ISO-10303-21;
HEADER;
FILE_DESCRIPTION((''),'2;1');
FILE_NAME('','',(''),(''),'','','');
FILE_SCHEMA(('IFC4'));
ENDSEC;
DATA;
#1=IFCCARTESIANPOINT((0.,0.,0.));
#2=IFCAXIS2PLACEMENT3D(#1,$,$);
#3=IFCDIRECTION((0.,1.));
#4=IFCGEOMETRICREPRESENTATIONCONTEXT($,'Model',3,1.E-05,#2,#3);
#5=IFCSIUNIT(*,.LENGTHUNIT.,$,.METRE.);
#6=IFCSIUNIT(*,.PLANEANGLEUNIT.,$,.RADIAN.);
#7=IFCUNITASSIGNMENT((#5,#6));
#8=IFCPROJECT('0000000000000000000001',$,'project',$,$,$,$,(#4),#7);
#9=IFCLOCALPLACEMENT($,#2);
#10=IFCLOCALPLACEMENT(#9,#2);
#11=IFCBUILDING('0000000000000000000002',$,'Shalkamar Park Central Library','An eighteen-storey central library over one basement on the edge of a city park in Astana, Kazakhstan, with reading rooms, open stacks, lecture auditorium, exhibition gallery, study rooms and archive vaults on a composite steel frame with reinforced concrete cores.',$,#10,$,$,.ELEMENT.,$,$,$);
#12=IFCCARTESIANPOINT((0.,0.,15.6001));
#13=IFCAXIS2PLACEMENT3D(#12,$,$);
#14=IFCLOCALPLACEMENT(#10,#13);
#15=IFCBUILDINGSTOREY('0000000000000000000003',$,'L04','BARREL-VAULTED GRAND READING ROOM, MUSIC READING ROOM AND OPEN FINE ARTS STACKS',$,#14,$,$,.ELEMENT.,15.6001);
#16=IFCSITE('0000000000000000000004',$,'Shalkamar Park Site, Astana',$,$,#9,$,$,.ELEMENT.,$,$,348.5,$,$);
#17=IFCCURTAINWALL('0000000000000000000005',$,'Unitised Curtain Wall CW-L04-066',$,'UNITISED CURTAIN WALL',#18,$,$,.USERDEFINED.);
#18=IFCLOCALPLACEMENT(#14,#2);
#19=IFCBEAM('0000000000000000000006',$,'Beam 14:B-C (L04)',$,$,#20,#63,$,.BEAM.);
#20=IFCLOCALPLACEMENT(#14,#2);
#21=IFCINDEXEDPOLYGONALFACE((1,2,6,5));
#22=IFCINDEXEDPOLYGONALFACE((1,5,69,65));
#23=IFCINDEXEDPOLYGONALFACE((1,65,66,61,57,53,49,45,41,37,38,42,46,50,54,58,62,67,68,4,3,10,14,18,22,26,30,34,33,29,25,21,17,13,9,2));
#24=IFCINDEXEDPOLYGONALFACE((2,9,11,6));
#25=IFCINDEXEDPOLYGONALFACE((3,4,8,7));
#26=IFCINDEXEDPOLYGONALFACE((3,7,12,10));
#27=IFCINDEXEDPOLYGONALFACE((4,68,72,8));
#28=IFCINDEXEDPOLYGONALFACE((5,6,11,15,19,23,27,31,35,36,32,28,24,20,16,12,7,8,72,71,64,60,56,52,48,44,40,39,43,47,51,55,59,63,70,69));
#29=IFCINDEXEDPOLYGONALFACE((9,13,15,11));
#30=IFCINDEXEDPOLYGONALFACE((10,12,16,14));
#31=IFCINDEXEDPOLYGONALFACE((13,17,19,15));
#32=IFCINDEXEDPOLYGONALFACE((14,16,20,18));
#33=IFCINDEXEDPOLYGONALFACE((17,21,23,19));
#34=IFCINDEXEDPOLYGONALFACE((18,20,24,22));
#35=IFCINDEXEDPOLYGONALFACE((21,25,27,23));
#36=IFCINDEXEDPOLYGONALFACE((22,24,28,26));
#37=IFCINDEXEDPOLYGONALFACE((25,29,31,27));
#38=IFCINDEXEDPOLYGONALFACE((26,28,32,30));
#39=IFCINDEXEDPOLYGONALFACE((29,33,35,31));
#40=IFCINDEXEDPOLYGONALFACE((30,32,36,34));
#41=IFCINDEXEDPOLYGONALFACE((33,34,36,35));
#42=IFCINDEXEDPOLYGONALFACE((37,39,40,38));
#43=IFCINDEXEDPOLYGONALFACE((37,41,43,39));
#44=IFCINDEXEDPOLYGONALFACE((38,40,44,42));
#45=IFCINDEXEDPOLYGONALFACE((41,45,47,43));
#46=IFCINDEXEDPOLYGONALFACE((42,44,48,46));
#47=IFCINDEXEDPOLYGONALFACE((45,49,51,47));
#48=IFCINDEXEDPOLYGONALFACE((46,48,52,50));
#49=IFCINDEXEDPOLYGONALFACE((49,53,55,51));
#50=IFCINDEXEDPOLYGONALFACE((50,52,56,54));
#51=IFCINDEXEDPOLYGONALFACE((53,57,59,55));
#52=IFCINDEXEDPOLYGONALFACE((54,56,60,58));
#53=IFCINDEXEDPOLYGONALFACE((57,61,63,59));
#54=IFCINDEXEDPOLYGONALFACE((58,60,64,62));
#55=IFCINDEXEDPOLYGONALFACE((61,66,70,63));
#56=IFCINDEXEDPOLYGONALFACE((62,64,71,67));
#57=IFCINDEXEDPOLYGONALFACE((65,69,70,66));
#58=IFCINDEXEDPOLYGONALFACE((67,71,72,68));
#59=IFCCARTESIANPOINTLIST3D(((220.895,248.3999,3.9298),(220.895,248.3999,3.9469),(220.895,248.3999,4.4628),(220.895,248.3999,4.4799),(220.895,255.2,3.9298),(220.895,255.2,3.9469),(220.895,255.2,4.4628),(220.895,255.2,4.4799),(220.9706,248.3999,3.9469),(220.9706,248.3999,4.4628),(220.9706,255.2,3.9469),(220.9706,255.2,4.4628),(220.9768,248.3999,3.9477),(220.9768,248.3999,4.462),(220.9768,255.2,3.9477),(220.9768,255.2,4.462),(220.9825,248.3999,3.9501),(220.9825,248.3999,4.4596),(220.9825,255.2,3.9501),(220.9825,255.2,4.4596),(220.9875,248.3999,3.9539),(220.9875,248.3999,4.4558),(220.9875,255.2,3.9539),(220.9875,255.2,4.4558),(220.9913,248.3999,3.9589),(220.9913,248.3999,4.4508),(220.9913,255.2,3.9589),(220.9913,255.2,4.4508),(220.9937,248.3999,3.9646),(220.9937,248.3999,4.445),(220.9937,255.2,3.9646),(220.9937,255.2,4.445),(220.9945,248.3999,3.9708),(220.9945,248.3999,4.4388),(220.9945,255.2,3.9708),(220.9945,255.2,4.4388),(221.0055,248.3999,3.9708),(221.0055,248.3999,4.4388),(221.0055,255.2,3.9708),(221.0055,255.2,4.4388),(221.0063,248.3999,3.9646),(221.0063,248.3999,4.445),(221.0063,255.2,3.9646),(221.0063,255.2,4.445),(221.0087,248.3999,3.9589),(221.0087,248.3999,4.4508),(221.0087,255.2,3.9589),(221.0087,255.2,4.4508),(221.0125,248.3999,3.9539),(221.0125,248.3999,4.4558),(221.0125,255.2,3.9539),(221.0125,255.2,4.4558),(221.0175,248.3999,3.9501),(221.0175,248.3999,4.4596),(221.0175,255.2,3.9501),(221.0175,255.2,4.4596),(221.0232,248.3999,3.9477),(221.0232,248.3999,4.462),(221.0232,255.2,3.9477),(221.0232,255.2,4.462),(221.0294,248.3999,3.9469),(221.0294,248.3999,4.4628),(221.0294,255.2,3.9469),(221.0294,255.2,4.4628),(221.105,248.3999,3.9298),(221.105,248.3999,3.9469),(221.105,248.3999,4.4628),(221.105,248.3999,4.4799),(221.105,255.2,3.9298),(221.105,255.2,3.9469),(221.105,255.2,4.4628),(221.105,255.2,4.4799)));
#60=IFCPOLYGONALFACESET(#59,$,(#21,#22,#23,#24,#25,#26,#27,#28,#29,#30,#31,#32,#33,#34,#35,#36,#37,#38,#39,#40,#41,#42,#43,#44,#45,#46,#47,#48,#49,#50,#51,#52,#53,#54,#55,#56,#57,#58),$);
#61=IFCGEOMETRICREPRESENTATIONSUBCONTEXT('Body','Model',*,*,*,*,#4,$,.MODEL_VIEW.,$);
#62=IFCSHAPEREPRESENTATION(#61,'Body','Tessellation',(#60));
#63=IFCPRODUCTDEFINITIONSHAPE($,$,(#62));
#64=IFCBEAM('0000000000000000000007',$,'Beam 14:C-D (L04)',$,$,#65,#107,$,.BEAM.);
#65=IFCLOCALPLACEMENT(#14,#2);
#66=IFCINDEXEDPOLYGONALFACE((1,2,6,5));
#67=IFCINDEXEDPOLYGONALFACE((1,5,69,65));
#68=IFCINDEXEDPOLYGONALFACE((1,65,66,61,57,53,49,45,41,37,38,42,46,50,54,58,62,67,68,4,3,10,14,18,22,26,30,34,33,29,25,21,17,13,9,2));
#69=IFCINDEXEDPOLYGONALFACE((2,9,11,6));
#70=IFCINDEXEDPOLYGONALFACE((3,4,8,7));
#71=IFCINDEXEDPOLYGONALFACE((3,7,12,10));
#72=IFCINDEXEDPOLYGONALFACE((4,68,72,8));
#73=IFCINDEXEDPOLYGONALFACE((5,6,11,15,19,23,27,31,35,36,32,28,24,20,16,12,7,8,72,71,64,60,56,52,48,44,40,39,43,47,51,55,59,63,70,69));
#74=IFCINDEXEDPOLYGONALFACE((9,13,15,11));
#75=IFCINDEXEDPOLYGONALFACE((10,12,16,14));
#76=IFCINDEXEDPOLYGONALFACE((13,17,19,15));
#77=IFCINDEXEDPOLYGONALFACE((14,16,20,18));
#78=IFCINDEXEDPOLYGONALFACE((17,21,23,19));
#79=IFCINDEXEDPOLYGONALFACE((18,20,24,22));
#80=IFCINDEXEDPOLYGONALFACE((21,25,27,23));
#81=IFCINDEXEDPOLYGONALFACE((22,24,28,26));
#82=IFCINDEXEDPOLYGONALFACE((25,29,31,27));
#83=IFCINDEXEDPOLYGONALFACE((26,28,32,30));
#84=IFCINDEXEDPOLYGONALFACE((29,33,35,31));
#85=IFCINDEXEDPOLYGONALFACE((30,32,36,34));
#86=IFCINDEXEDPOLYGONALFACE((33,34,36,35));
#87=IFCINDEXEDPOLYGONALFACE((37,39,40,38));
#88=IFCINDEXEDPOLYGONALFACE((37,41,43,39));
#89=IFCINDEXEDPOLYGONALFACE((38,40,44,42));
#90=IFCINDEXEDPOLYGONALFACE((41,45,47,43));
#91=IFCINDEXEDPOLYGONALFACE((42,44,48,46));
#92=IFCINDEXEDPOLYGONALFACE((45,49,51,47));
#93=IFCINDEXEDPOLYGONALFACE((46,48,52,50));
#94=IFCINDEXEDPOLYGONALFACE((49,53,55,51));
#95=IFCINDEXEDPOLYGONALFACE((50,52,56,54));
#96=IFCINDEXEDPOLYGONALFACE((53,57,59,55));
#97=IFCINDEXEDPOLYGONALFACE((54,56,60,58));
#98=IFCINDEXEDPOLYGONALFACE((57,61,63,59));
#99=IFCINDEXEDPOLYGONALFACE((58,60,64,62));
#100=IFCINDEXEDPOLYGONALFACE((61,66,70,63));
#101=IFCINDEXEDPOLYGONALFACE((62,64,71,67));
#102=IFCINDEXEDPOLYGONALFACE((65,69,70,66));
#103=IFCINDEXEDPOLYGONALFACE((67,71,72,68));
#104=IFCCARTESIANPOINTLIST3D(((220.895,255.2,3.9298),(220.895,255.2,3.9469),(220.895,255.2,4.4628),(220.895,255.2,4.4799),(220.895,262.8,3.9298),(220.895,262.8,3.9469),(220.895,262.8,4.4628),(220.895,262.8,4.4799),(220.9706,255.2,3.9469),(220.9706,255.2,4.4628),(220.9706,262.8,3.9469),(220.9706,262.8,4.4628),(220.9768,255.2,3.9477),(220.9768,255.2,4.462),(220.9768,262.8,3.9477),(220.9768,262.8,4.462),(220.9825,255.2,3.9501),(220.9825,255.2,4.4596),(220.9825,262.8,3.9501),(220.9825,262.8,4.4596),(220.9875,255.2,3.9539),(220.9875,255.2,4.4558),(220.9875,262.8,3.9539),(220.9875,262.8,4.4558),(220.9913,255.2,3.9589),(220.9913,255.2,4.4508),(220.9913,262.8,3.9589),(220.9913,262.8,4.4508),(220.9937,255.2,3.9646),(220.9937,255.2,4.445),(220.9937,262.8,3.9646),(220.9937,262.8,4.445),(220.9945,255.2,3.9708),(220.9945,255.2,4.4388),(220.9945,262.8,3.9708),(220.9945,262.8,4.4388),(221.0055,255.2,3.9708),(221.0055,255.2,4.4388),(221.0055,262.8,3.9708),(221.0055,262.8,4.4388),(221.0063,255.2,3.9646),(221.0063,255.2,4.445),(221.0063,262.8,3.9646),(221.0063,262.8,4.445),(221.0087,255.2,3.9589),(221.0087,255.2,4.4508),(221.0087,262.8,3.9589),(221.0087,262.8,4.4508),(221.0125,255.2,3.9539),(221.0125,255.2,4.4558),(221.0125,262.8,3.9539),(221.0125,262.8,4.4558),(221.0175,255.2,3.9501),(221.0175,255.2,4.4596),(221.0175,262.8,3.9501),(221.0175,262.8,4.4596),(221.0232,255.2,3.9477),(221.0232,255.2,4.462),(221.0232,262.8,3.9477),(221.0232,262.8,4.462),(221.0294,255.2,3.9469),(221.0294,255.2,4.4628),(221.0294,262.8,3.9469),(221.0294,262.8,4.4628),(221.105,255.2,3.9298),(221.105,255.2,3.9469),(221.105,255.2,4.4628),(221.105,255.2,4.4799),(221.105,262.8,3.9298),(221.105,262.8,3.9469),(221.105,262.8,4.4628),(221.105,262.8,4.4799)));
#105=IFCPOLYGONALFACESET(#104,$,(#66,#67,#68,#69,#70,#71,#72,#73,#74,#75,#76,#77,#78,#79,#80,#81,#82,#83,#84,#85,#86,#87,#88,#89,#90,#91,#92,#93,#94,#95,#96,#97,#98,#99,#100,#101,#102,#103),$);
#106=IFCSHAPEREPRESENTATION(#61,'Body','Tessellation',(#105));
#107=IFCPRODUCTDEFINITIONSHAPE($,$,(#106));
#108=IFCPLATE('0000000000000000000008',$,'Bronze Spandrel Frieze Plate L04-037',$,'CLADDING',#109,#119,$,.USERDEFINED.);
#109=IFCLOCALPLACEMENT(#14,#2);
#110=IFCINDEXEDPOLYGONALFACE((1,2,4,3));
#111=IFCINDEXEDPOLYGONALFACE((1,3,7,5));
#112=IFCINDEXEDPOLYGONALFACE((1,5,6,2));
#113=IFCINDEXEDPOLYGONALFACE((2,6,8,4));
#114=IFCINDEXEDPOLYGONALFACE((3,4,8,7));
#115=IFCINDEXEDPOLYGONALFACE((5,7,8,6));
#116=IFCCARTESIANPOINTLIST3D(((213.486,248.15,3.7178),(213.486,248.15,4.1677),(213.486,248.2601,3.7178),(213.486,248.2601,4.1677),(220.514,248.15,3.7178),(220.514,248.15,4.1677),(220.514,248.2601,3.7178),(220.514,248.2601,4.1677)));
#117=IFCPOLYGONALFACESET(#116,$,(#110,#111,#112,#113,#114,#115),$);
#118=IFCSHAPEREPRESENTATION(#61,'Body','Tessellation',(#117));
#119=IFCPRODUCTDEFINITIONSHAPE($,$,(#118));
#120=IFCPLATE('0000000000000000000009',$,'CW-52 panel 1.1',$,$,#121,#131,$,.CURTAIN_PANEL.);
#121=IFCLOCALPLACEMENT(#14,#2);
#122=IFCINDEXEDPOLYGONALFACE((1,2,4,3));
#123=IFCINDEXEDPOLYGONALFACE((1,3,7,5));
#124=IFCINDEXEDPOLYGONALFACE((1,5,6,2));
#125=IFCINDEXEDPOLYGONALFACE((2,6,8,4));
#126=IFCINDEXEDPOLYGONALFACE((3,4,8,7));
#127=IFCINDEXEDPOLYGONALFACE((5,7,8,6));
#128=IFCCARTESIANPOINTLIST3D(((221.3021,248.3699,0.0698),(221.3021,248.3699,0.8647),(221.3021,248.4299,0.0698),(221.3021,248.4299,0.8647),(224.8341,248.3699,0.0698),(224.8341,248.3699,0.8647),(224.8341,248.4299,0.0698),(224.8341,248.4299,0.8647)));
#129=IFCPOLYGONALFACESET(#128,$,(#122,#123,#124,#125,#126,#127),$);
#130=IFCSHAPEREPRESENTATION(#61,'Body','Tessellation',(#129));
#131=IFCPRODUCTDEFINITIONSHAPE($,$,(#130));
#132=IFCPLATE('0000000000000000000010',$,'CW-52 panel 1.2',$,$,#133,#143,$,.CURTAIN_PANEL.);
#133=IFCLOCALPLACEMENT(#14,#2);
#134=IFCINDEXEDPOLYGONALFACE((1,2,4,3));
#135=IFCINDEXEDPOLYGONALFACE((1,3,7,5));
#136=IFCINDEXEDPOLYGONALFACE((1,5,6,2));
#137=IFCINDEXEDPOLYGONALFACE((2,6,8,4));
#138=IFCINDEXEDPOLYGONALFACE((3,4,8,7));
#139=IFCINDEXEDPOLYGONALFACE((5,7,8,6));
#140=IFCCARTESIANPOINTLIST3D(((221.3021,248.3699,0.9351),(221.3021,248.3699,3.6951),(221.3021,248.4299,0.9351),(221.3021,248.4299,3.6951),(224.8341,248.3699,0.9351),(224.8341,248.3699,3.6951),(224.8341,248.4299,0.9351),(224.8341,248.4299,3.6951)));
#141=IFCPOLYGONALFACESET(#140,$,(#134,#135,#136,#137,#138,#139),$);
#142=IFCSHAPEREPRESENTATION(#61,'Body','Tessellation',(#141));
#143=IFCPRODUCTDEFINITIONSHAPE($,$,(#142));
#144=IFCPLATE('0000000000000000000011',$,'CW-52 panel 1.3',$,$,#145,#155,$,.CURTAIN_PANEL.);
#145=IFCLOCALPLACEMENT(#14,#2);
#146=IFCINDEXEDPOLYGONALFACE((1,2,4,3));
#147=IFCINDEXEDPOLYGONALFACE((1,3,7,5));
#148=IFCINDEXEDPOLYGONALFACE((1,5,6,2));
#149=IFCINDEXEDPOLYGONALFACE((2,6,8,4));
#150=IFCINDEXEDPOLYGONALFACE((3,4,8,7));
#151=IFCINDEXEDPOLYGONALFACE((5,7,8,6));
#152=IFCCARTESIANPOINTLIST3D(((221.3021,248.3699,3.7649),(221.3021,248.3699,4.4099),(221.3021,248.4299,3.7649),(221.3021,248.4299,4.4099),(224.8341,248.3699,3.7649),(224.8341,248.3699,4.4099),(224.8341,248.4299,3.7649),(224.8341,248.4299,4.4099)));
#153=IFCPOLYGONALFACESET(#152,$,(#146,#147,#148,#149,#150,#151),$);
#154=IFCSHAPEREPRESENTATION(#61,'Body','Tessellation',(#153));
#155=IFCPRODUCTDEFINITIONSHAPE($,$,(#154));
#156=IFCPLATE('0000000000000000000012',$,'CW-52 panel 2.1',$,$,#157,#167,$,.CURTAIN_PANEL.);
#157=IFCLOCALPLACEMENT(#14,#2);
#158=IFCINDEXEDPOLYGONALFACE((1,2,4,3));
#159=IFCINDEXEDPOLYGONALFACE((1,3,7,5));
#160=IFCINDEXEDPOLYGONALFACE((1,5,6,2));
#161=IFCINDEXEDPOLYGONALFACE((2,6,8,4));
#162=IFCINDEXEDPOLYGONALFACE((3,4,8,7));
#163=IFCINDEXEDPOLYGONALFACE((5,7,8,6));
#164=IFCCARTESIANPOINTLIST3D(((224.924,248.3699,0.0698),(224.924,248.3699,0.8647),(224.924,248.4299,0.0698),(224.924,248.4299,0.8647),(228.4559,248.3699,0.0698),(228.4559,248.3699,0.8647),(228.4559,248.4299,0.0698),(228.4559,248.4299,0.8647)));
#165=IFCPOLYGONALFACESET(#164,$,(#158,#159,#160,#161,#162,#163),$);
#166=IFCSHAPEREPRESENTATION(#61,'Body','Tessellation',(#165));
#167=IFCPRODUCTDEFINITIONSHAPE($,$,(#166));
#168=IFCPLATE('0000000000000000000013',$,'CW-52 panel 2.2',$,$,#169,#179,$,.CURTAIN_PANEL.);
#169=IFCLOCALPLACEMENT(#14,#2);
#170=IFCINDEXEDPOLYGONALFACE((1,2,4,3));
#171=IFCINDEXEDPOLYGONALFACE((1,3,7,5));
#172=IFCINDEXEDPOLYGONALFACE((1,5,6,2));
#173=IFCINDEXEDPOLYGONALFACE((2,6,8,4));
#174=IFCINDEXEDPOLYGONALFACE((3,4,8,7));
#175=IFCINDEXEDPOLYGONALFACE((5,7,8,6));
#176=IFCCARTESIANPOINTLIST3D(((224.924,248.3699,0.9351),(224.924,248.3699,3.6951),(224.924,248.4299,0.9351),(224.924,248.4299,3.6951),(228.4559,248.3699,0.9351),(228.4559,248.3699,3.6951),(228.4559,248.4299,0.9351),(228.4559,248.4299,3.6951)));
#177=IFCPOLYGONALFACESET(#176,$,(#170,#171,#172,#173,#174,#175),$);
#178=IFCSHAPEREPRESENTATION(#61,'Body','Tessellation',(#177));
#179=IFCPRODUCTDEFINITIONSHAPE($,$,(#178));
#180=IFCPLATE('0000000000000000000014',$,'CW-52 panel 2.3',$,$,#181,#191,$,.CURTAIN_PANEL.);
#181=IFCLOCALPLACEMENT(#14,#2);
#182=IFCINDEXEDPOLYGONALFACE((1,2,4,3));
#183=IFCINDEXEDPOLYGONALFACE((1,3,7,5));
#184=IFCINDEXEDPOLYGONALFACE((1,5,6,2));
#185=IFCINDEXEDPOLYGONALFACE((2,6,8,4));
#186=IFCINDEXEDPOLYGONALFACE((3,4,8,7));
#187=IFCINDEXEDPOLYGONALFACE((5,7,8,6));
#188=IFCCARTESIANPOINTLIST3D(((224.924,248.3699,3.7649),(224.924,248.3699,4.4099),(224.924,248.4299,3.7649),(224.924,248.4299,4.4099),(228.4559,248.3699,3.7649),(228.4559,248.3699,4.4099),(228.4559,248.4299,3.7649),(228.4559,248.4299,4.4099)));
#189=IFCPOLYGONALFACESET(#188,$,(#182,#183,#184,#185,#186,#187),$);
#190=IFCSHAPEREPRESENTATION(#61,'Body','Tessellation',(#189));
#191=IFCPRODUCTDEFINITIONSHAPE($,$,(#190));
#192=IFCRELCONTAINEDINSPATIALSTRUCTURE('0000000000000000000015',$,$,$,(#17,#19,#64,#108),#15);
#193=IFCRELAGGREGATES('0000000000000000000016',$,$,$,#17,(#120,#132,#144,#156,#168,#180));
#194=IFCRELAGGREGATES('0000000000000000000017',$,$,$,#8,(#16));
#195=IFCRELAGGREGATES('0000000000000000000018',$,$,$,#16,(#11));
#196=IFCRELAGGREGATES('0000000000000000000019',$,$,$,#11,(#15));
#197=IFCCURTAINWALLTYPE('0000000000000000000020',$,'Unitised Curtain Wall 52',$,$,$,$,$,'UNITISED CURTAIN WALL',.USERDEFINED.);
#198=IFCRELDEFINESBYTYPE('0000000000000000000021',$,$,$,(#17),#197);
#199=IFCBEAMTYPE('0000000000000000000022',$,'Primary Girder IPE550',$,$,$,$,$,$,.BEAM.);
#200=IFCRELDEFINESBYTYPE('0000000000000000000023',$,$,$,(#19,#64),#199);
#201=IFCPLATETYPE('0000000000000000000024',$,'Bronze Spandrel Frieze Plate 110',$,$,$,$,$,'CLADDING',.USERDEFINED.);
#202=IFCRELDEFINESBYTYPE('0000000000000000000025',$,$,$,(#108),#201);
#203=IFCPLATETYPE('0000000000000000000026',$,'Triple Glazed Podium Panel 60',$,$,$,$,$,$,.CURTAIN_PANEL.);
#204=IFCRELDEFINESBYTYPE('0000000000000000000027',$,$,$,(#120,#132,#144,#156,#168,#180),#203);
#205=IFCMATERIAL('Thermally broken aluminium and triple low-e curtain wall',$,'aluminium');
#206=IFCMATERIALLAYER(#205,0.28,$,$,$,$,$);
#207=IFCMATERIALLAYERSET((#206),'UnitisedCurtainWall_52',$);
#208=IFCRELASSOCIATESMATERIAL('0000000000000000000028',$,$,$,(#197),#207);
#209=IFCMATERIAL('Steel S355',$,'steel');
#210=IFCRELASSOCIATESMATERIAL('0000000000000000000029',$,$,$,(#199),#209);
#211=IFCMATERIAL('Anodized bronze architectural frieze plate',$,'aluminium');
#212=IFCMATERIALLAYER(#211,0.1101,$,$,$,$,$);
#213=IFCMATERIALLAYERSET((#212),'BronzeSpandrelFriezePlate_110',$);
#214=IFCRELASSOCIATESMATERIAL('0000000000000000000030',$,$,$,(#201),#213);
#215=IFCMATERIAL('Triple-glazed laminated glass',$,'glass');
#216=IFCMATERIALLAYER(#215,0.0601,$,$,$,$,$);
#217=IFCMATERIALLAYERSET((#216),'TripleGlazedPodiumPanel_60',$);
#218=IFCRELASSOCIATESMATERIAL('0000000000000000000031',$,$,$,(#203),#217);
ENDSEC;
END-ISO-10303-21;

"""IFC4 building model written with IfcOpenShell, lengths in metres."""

from ifc_helpers import new_model, si_unit, direction, frame, origin, origin_2d, place, context, subcontext, project, spatial, rectangle, i_section, extrude, material, layer, layer_set, material_profile, profile_set, type_object, element, aggregate, save


model = new_model("IFC4")

# Units and contexts
model_context = context("Model", 3, precision=1e-05, world=origin(), true_north=direction((0.0, 1.0)))
body_context = subcontext(model_context, "Body", "Model", "MODEL_VIEW")
ifc_project = project(units=[si_unit("LENGTHUNIT", "METRE"), si_unit("PLANEANGLEUNIT", "RADIAN")], contexts=[model_context])

# Site, building, storey
site_placement = place(None, origin())
site = spatial("IfcSite", under=ifc_project, at=site_placement, Name="Shalkamar Park Site, Astana", CompositionType="ELEMENT", RefElevation=348.5)
building_placement = place(site_placement, origin())
building = spatial("IfcBuilding", under=site, at=building_placement, Name="Shalkamar Park Central Library", Description="An eighteen-storey central library over one basement on the edge of a city park in Astana, Kazakhstan, with reading rooms, open stacks, lecture auditorium, exhibition gallery, study rooms and archive vaults on a composite steel frame with reinforced concrete cores.", CompositionType="ELEMENT")
storey_placement = place(building_placement, frame((0.0, 0.0, 15.6001)))
storey = spatial("IfcBuildingStorey", under=building, at=storey_placement, Name="L04", Description="BARREL-VAULTED GRAND READING ROOM, MUSIC READING ROOM AND OPEN FINE ARTS STACKS", CompositionType="ELEMENT", Elevation=15.6001)

# Shared definitions
ifc_material_1 = material(Name="Steel S355", Category="steel")

# Curtain wall
ifc_material_2 = material(Name="Thermally broken aluminium and triple low-e curtain wall", Category="aluminium")
ifc_layer_1 = layer(ifc_material_2, 0.28)
ifc_layer_set_1 = layer_set([ifc_layer_1], Name="UnitisedCurtainWall_52")
curtain_wall_type = type_object("IfcCurtainWallType", Name="Unitised Curtain Wall 52", ElementType="UNITISED CURTAIN WALL", PredefinedType="USERDEFINED", material=ifc_layer_set_1)
curtain_wall_placement = place(storey_placement, origin())
curtain_wall = element("IfcCurtainWall", 1, at=curtain_wall_placement, inside=storey, type_object=curtain_wall_type, Name="Unitised Curtain Wall CW-L04-066", ObjectType="UNITISED CURTAIN WALL", PredefinedType="USERDEFINED")

# Beams
ifc_material_profile_1 = material_profile(ifc_material_1, i_section(OverallWidth=0.21, OverallDepth=0.55, WebThickness=0.011, FlangeThickness=0.0171, FilletRadius=0.0239, at=origin_2d()), Name="IPE 550")
ifc_profile_set_1 = profile_set([ifc_material_profile_1], Name="Steel S355")
beam_type_1 = type_object("IfcBeamType", Name="Primary Girder IPE550", PredefinedType="BEAM", material=ifc_profile_set_1)
beam_1_placement = place(storey_placement, frame((221.0, 248.3999, 4.2048), z_axis=(0.0, 1.0, 0.0), x_axis=(-1.0, 0.0, 0.0)))
element("IfcBeam", 2, at=beam_1_placement, inside=storey, type_object=beam_type_1, Name="Beam 14:B-C (L04)", PredefinedType="BEAM", context=body_context, shape_type="SweptSolid", body=[
    extrude(i_section(OverallWidth=0.21, OverallDepth=0.55, WebThickness=0.011, FlangeThickness=0.0171, FilletRadius=0.0239, at=origin_2d()), origin(), (0.0, 0.0, 1.0), 6.8),
])
beam_2_placement = place(storey_placement, frame((221.0, 255.2, 4.2048), z_axis=(0.0, 1.0, 0.0), x_axis=(-1.0, 0.0, 0.0)))
element("IfcBeam", 3, at=beam_2_placement, inside=storey, type_object=beam_type_1, Name="Beam 14:C-D (L04)", PredefinedType="BEAM", context=body_context, shape_type="SweptSolid", body=[
    extrude(i_section(OverallWidth=0.21, OverallDepth=0.55, WebThickness=0.011, FlangeThickness=0.0171, FilletRadius=0.0239, at=origin_2d()), origin(), (0.0, 0.0, 1.0), 7.6001),
])

# Plates
ifc_material_3 = material(Name="Anodized bronze architectural frieze plate", Category="aluminium")
ifc_layer_2 = layer(ifc_material_3, 0.1101)
ifc_layer_set_2 = layer_set([ifc_layer_2], Name="BronzeSpandrelFriezePlate_110")
plate_type_1 = type_object("IfcPlateType", Name="Bronze Spandrel Frieze Plate 110", ElementType="CLADDING", PredefinedType="USERDEFINED", material=ifc_layer_set_2)
plate_1_placement = place(storey_placement, frame((217.0, 248.2051, 3.7178), z_axis=(0.0, 0.0, 1.0), x_axis=(1.0, 0.0, 0.0)))
element("IfcPlate", 4, at=plate_1_placement, inside=storey, type_object=plate_type_1, Name="Bronze Spandrel Frieze Plate L04-037", ObjectType="CLADDING", PredefinedType="USERDEFINED", context=body_context, shape_type="SweptSolid", body=[
    extrude(rectangle(XDim=7.0281, YDim=0.1101, at=origin_2d()), origin(), (0.0, 0.0, 1.0), 0.45),
])
ifc_material_4 = material(Name="Triple-glazed laminated glass", Category="glass")
ifc_layer_3 = layer(ifc_material_4, 0.0601)
ifc_layer_set_3 = layer_set([ifc_layer_3], Name="TripleGlazedPodiumPanel_60")
plate_type_2 = type_object("IfcPlateType", Name="Triple Glazed Podium Panel 60", PredefinedType="CURTAIN_PANEL", material=ifc_layer_set_3)
plate_2_placement = place(storey_placement, frame((223.0681, 248.3999, 0.0698), z_axis=(0.0, 0.0, 1.0), x_axis=(1.0, 0.0, 0.0)))
plate_2 = element("IfcPlate", 5, at=plate_2_placement, type_object=plate_type_2, Name="CW-52 panel 1.1", PredefinedType="CURTAIN_PANEL", context=body_context, shape_type="SweptSolid", body=[
    extrude(rectangle(XDim=3.532, YDim=0.0601, at=origin_2d()), origin(), (0.0, 0.0, 1.0), 0.7949),
])
plate_3_placement = place(storey_placement, frame((223.0681, 248.3999, 0.9351), z_axis=(0.0, 0.0, 1.0), x_axis=(1.0, 0.0, 0.0)))
plate_3 = element("IfcPlate", 6, at=plate_3_placement, type_object=plate_type_2, Name="CW-52 panel 1.2", PredefinedType="CURTAIN_PANEL", context=body_context, shape_type="SweptSolid", body=[
    extrude(rectangle(XDim=3.532, YDim=0.0601, at=origin_2d()), origin(), (0.0, 0.0, 1.0), 2.76),
])
plate_4_placement = place(storey_placement, frame((223.0681, 248.3999, 3.7649), z_axis=(0.0, 0.0, 1.0), x_axis=(1.0, 0.0, 0.0)))
plate_4 = element("IfcPlate", 7, at=plate_4_placement, type_object=plate_type_2, Name="CW-52 panel 1.3", PredefinedType="CURTAIN_PANEL", context=body_context, shape_type="SweptSolid", body=[
    extrude(rectangle(XDim=3.532, YDim=0.0601, at=origin_2d()), origin(), (0.0, 0.0, 1.0), 0.645),
])
plate_5_placement = place(storey_placement, frame((226.6899, 248.3999, 0.0698), z_axis=(0.0, 0.0, 1.0), x_axis=(1.0, 0.0, 0.0)))
plate_5 = element("IfcPlate", 8, at=plate_5_placement, type_object=plate_type_2, Name="CW-52 panel 2.1", PredefinedType="CURTAIN_PANEL", context=body_context, shape_type="SweptSolid", body=[
    extrude(rectangle(XDim=3.532, YDim=0.0601, at=origin_2d()), origin(), (0.0, 0.0, 1.0), 0.7949),
])
plate_6_placement = place(storey_placement, frame((226.6899, 248.3999, 0.9351), z_axis=(0.0, 0.0, 1.0), x_axis=(1.0, 0.0, 0.0)))
plate_6 = element("IfcPlate", 9, at=plate_6_placement, type_object=plate_type_2, Name="CW-52 panel 2.2", PredefinedType="CURTAIN_PANEL", context=body_context, shape_type="SweptSolid", body=[
    extrude(rectangle(XDim=3.532, YDim=0.0601, at=origin_2d()), origin(), (0.0, 0.0, 1.0), 2.76),
])
plate_7_placement = place(storey_placement, frame((226.6899, 248.3999, 3.7649), z_axis=(0.0, 0.0, 1.0), x_axis=(1.0, 0.0, 0.0)))
plate_7 = element("IfcPlate", 10, at=plate_7_placement, type_object=plate_type_2, Name="CW-52 panel 2.3", PredefinedType="CURTAIN_PANEL", context=body_context, shape_type="SweptSolid", body=[
    extrude(rectangle(XDim=3.532, YDim=0.0601, at=origin_2d()), origin(), (0.0, 0.0, 1.0), 0.645),
])
aggregate(curtain_wall, [plate_2, plate_3, plate_4, plate_5, plate_6, plate_7])

save(model, "model.ifc")
